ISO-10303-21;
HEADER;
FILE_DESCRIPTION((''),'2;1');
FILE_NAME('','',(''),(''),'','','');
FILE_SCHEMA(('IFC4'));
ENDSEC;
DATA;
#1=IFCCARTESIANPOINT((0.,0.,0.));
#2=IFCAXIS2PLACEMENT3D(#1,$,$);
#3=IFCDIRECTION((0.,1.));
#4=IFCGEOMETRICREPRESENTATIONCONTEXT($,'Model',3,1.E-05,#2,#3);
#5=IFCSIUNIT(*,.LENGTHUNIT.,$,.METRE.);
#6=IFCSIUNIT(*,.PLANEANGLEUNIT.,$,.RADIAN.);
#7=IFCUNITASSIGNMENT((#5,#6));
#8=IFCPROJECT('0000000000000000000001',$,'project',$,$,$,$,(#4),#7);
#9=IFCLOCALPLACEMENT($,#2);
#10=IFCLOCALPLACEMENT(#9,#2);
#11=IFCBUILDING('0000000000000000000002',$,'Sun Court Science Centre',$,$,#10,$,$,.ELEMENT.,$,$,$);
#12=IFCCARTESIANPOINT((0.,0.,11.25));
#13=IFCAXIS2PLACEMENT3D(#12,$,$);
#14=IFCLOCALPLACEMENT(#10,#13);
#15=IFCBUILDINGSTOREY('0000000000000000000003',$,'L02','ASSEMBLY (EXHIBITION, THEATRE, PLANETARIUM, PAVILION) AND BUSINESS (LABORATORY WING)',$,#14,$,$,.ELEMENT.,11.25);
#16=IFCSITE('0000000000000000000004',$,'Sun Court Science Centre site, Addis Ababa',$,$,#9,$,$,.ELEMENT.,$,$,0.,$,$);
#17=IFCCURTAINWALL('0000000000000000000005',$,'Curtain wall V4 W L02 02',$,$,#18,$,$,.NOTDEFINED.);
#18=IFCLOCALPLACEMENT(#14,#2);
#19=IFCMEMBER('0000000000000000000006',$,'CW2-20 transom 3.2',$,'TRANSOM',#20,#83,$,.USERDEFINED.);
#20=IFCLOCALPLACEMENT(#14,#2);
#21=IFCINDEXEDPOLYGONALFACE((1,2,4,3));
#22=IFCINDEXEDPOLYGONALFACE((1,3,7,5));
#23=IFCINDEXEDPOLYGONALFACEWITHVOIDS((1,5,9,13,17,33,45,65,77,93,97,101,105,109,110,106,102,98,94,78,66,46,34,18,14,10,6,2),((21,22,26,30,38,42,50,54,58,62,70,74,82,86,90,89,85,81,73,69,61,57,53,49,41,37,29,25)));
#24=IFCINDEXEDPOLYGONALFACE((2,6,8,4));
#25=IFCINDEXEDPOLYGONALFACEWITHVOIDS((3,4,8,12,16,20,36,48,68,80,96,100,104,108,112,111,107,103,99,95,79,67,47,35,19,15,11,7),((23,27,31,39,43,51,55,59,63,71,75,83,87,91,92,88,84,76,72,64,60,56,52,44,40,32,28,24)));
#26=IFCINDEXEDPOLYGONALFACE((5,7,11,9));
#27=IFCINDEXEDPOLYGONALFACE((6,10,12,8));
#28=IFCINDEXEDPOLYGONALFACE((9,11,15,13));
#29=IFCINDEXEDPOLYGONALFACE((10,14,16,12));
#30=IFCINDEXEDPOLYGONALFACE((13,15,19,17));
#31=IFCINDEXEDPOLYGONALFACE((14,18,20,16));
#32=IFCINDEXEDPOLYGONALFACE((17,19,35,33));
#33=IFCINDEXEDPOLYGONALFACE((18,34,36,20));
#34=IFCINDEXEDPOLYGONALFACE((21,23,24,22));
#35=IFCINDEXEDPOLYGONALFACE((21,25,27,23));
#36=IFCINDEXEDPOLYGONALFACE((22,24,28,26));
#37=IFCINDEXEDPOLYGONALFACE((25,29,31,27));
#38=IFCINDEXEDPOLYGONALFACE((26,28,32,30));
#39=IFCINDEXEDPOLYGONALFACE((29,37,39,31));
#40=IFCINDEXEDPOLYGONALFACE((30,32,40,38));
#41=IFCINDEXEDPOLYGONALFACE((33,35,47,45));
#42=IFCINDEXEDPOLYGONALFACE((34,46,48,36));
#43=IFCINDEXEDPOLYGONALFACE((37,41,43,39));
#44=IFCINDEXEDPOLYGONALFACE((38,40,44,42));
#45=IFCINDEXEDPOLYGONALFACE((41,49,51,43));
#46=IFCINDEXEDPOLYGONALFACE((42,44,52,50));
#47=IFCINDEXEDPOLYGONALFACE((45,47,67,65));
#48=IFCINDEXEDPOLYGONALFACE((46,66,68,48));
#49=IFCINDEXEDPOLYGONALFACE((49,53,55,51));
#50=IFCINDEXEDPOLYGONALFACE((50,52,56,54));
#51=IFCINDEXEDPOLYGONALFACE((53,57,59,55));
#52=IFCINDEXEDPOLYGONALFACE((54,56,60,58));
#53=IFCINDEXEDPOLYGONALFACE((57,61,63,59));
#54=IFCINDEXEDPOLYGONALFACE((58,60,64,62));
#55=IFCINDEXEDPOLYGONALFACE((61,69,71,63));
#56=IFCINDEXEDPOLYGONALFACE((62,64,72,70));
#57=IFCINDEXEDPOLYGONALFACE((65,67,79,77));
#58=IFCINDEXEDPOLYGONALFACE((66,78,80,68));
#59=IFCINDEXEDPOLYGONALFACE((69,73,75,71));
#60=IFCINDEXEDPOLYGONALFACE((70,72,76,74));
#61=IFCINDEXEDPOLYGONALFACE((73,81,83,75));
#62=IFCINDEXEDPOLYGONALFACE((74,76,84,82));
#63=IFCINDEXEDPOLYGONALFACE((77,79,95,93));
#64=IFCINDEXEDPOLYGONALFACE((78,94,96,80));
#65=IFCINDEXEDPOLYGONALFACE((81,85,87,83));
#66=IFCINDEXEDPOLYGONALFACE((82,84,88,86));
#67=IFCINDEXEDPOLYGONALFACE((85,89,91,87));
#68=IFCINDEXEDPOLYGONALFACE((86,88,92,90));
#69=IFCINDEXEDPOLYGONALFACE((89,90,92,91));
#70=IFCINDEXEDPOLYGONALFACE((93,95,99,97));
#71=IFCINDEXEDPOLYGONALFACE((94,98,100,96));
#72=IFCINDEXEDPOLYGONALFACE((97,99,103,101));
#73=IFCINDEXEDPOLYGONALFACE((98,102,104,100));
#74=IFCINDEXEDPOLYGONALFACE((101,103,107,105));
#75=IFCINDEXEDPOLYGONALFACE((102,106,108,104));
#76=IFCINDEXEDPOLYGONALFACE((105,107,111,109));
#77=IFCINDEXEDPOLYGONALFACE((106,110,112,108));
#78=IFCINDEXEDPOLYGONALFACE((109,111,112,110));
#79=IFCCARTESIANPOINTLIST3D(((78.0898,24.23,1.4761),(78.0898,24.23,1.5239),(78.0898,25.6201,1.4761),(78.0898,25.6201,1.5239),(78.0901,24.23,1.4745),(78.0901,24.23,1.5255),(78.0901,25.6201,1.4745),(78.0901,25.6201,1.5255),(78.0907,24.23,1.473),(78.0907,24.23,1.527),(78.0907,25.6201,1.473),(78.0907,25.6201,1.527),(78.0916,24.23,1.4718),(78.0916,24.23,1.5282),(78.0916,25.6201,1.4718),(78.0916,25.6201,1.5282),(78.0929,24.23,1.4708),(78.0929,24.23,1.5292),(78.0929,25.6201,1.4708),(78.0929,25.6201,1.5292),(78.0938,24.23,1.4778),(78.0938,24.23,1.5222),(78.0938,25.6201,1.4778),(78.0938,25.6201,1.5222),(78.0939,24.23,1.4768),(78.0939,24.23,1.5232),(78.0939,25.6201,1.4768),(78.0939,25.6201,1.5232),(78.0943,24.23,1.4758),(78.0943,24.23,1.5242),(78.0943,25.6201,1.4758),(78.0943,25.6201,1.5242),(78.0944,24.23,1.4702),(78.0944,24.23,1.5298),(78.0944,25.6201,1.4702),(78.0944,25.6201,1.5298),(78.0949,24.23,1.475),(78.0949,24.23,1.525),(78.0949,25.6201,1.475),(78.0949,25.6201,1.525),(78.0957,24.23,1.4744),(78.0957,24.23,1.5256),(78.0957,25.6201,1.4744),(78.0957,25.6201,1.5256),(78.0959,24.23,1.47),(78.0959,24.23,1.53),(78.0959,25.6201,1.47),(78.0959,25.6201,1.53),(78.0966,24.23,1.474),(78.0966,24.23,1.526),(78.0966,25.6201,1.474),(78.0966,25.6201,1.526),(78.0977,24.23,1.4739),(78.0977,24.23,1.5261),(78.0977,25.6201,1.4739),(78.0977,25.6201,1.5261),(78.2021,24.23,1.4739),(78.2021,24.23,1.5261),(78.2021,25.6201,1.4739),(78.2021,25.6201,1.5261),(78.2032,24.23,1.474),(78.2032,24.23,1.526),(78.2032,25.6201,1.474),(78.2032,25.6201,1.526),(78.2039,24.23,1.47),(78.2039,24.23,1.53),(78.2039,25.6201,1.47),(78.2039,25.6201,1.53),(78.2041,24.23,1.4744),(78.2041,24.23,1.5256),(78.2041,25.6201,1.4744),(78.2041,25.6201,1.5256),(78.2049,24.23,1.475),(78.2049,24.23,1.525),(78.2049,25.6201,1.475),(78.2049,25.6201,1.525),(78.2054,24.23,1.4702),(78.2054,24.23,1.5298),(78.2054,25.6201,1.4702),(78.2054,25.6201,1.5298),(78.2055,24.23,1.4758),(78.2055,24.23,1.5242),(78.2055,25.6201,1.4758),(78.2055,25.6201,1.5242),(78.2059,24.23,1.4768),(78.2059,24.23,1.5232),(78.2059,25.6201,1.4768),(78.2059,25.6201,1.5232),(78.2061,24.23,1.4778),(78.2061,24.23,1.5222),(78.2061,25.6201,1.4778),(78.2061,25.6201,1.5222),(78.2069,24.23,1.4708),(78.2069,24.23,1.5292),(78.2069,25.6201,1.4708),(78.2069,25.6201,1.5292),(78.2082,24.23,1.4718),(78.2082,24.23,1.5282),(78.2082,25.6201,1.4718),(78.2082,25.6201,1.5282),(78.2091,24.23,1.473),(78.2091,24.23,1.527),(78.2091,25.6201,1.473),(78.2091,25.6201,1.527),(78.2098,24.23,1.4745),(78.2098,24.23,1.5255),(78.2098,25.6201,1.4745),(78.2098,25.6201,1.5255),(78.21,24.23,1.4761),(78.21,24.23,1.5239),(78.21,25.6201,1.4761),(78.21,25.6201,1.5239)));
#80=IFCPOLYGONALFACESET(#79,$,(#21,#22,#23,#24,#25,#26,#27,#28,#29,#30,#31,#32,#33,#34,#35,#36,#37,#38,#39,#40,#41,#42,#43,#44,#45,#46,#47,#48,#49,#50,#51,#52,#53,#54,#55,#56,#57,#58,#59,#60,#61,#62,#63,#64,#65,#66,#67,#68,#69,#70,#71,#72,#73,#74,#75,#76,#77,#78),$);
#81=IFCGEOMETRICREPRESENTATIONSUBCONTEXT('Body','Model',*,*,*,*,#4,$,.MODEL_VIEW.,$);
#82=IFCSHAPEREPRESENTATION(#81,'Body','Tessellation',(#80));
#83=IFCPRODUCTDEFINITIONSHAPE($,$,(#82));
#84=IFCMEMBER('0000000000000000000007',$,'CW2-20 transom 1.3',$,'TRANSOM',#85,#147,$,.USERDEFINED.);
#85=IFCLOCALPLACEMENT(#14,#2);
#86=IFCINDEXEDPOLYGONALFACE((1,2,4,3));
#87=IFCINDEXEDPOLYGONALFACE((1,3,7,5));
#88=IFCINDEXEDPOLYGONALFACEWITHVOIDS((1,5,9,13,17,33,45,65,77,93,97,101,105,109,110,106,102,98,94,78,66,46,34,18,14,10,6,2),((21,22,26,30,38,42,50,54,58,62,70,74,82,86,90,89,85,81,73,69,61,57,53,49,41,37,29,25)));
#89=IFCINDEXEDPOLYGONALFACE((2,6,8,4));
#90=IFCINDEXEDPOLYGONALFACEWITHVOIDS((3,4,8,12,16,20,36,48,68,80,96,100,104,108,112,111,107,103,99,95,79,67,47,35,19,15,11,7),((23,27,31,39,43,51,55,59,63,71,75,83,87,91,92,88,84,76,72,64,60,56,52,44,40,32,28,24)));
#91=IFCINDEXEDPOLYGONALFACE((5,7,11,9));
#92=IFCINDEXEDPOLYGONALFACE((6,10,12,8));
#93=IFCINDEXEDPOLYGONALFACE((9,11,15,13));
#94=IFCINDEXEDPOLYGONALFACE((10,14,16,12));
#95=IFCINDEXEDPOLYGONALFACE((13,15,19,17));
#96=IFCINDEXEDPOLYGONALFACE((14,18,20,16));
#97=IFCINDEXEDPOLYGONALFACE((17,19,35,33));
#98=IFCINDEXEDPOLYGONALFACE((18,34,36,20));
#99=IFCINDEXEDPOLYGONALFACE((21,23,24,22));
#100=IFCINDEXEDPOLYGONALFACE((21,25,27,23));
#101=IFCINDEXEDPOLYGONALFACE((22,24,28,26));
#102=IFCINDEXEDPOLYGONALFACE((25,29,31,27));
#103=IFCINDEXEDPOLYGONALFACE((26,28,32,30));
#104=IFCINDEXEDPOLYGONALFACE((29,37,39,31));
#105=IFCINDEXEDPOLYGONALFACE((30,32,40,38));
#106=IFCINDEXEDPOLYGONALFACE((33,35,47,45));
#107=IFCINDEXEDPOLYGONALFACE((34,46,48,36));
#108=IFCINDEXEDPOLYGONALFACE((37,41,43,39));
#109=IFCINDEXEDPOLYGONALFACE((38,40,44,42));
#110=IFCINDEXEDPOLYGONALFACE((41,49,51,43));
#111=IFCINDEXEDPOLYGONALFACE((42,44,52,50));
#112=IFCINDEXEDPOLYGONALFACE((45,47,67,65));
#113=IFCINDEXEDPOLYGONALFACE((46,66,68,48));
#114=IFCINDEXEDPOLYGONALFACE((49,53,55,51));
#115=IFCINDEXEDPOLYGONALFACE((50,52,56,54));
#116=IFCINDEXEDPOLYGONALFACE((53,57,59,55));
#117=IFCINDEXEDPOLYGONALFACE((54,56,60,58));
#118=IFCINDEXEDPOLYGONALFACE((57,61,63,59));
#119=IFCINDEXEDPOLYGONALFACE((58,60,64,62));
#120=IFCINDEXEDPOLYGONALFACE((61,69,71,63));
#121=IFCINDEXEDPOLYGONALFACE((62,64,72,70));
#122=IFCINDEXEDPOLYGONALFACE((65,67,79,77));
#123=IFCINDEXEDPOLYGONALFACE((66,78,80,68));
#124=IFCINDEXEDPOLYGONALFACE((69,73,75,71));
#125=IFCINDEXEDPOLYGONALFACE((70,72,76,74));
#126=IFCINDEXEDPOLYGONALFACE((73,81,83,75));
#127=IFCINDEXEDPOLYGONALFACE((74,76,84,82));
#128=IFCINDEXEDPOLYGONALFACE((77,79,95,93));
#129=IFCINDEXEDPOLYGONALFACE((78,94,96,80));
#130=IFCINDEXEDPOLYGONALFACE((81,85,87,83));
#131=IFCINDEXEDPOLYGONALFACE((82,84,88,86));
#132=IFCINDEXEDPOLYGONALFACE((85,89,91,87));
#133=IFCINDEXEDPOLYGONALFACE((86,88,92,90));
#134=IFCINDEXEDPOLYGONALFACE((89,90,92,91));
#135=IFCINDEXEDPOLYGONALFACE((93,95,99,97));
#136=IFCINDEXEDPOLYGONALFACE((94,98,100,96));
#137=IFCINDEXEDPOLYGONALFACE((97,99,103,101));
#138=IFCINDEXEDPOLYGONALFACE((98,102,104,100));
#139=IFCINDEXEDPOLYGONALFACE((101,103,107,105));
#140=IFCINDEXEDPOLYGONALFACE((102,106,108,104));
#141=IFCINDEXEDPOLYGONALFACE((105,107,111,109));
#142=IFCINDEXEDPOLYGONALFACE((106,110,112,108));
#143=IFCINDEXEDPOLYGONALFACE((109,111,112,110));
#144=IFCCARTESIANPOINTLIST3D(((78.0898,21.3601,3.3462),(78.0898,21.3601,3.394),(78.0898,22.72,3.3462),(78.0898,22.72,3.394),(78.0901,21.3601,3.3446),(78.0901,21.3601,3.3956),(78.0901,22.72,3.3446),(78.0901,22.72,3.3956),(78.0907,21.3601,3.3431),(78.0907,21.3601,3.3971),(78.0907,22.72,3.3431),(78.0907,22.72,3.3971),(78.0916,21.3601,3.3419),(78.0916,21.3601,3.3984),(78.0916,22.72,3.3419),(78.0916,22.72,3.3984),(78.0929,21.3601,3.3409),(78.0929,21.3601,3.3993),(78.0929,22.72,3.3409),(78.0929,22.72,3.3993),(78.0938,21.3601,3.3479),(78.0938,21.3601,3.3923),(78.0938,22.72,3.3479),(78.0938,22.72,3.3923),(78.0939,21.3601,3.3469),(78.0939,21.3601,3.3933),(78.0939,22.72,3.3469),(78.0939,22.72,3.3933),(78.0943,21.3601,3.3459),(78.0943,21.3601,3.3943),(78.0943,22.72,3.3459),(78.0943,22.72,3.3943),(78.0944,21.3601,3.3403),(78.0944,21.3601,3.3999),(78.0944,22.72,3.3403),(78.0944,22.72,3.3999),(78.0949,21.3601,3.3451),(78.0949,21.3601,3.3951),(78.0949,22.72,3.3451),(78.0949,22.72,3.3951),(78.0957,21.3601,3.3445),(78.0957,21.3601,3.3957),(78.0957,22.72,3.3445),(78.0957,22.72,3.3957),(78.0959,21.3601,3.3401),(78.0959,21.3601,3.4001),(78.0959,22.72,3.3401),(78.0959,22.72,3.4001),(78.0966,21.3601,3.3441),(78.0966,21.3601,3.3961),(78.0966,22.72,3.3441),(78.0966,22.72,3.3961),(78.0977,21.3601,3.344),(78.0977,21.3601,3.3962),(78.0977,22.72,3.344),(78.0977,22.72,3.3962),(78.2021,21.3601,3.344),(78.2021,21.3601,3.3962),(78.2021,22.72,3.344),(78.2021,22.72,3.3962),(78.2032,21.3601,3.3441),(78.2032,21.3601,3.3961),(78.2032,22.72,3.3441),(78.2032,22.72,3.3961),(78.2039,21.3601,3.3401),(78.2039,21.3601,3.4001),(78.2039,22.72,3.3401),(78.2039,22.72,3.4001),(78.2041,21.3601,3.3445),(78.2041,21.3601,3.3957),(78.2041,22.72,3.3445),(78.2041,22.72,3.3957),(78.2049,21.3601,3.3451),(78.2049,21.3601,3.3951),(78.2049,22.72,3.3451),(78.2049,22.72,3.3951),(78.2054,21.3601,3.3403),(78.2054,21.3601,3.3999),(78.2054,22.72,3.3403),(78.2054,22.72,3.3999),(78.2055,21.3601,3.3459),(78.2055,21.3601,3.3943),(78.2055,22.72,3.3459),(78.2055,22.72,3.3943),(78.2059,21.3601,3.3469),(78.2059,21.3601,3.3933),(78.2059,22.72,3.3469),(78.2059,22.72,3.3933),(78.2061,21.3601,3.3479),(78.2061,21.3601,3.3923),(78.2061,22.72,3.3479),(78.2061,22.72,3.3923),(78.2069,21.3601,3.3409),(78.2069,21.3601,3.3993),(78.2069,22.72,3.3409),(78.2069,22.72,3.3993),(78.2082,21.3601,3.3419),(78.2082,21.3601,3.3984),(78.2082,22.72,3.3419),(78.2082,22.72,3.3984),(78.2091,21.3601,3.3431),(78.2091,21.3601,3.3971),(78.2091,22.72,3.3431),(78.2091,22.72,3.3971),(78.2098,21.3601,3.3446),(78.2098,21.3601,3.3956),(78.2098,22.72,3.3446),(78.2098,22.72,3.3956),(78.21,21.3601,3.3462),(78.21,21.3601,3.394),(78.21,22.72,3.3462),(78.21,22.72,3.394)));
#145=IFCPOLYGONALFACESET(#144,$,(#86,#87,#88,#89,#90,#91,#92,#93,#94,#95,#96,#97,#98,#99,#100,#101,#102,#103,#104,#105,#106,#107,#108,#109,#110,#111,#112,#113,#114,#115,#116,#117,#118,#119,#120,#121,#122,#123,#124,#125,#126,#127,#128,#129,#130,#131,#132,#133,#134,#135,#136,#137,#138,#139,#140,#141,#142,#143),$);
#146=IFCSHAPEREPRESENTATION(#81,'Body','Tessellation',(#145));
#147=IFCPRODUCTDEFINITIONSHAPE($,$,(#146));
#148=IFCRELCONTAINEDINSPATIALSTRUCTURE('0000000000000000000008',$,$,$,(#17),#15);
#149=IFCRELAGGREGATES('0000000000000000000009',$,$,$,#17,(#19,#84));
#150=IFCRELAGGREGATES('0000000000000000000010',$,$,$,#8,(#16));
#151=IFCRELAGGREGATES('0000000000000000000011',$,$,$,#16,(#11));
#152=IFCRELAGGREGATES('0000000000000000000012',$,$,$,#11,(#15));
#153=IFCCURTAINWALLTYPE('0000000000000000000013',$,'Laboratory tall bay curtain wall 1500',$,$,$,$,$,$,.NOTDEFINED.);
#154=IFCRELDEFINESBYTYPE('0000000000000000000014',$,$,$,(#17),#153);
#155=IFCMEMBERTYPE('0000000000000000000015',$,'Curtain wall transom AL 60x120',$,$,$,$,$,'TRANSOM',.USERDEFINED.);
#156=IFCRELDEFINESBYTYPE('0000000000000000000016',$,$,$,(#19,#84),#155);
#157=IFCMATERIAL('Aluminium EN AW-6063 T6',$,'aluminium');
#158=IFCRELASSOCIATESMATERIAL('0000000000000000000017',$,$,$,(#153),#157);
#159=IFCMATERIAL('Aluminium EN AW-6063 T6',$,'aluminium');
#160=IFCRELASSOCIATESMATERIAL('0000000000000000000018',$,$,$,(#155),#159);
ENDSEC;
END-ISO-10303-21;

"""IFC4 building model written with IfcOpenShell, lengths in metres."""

from ifc_helpers import new_model, si_unit, direction, frame, origin, origin_2d, place, context, subcontext, project, spatial, hollow_rectangle, extrude, material, material_profile, profile_set, type_object, element, aggregate, save


model = new_model("IFC4")

# Units and contexts
model_context = context("Model", 3, precision=1e-05, world=origin(), true_north=direction((0.0, 1.0)))
body_context = subcontext(model_context, "Body", "Model", "MODEL_VIEW")
ifc_project = project(units=[si_unit("LENGTHUNIT", "METRE"), si_unit("PLANEANGLEUNIT", "RADIAN")], contexts=[model_context])

# Site, building, storey
site_placement = place(None, origin())
site = spatial("IfcSite", under=ifc_project, at=site_placement, Name="Sun Court Science Centre site, Addis Ababa", CompositionType="ELEMENT", RefElevation=0.0)
building_placement = place(site_placement, origin())
building = spatial("IfcBuilding", under=site, at=building_placement, Name="Sun Court Science Centre", CompositionType="ELEMENT")
storey_placement = place(building_placement, frame((0.0, 0.0, 11.25)))
storey = spatial("IfcBuildingStorey", under=building, at=storey_placement, Name="L02", Description="ASSEMBLY (EXHIBITION, THEATRE, PLANETARIUM, PAVILION) AND BUSINESS (LABORATORY WING)", CompositionType="ELEMENT", Elevation=11.25)

# Curtain wall
ifc_material_1 = material(Name="Aluminium EN AW-6063 T6", Category="aluminium")
curtain_wall_type = type_object("IfcCurtainWallType", Name="Laboratory tall bay curtain wall 1500", PredefinedType="NOTDEFINED", material=ifc_material_1)
curtain_wall_1_placement = place(storey_placement, origin())
curtain_wall_1 = element("IfcCurtainWall", 1, at=curtain_wall_1_placement, inside=storey, type_object=curtain_wall_type, Name="Curtain wall V4 W L02 02", PredefinedType="NOTDEFINED")

# Members
ifc_material_2 = material(Name="Aluminium EN AW-6063 T6", Category="aluminium")
ifc_material_profile_1 = material_profile(ifc_material_2, hollow_rectangle(XDim=0.0601, YDim=0.1201, WallThickness=0.0039, InnerFilletRadius=0.0039, OuterFilletRadius=0.0061, at=origin_2d()), Name="AL 60x120x4")
ifc_profile_set_1 = profile_set([ifc_material_profile_1], Name="Aluminium EN AW-6063 T6")
member_type_1 = type_object("IfcMemberType", Name="Curtain wall transom AL 60x120", ElementType="TRANSOM", PredefinedType="USERDEFINED", material=ifc_profile_set_1)
member_1_placement = place(storey_placement, frame((78.1499, 24.23, 1.5), z_axis=(0.0, 1.0, 0.0), x_axis=(0.0, 0.0, 1.0)))
member_1 = element("IfcMember", 2, at=member_1_placement, type_object=member_type_1, Name="CW2-20 transom 3.2", ObjectType="TRANSOM", PredefinedType="USERDEFINED", context=body_context, shape_type="SweptSolid", body=[
    extrude(hollow_rectangle(XDim=0.0601, YDim=0.1201, WallThickness=0.0039, InnerFilletRadius=0.0039, OuterFilletRadius=0.0061, at=origin_2d()), origin(), (0.0, 0.0, 1.0), 1.3901),
])
member_2_placement = place(storey_placement, frame((78.1499, 21.3601, 3.3701), z_axis=(0.0, 1.0, 0.0), x_axis=(0.0, 0.0, 1.0)))
member_2 = element("IfcMember", 3, at=member_2_placement, type_object=member_type_1, Name="CW2-20 transom 1.3", ObjectType="TRANSOM", PredefinedType="USERDEFINED", context=body_context, shape_type="SweptSolid", body=[
    extrude(hollow_rectangle(XDim=0.0601, YDim=0.1201, WallThickness=0.0039, InnerFilletRadius=0.0039, OuterFilletRadius=0.0061, at=origin_2d()), origin(), (0.0, 0.0, 1.0), 1.3599),
])

aggregate(curtain_wall_1, [member_1, member_2])

save(model, "model.ifc")
